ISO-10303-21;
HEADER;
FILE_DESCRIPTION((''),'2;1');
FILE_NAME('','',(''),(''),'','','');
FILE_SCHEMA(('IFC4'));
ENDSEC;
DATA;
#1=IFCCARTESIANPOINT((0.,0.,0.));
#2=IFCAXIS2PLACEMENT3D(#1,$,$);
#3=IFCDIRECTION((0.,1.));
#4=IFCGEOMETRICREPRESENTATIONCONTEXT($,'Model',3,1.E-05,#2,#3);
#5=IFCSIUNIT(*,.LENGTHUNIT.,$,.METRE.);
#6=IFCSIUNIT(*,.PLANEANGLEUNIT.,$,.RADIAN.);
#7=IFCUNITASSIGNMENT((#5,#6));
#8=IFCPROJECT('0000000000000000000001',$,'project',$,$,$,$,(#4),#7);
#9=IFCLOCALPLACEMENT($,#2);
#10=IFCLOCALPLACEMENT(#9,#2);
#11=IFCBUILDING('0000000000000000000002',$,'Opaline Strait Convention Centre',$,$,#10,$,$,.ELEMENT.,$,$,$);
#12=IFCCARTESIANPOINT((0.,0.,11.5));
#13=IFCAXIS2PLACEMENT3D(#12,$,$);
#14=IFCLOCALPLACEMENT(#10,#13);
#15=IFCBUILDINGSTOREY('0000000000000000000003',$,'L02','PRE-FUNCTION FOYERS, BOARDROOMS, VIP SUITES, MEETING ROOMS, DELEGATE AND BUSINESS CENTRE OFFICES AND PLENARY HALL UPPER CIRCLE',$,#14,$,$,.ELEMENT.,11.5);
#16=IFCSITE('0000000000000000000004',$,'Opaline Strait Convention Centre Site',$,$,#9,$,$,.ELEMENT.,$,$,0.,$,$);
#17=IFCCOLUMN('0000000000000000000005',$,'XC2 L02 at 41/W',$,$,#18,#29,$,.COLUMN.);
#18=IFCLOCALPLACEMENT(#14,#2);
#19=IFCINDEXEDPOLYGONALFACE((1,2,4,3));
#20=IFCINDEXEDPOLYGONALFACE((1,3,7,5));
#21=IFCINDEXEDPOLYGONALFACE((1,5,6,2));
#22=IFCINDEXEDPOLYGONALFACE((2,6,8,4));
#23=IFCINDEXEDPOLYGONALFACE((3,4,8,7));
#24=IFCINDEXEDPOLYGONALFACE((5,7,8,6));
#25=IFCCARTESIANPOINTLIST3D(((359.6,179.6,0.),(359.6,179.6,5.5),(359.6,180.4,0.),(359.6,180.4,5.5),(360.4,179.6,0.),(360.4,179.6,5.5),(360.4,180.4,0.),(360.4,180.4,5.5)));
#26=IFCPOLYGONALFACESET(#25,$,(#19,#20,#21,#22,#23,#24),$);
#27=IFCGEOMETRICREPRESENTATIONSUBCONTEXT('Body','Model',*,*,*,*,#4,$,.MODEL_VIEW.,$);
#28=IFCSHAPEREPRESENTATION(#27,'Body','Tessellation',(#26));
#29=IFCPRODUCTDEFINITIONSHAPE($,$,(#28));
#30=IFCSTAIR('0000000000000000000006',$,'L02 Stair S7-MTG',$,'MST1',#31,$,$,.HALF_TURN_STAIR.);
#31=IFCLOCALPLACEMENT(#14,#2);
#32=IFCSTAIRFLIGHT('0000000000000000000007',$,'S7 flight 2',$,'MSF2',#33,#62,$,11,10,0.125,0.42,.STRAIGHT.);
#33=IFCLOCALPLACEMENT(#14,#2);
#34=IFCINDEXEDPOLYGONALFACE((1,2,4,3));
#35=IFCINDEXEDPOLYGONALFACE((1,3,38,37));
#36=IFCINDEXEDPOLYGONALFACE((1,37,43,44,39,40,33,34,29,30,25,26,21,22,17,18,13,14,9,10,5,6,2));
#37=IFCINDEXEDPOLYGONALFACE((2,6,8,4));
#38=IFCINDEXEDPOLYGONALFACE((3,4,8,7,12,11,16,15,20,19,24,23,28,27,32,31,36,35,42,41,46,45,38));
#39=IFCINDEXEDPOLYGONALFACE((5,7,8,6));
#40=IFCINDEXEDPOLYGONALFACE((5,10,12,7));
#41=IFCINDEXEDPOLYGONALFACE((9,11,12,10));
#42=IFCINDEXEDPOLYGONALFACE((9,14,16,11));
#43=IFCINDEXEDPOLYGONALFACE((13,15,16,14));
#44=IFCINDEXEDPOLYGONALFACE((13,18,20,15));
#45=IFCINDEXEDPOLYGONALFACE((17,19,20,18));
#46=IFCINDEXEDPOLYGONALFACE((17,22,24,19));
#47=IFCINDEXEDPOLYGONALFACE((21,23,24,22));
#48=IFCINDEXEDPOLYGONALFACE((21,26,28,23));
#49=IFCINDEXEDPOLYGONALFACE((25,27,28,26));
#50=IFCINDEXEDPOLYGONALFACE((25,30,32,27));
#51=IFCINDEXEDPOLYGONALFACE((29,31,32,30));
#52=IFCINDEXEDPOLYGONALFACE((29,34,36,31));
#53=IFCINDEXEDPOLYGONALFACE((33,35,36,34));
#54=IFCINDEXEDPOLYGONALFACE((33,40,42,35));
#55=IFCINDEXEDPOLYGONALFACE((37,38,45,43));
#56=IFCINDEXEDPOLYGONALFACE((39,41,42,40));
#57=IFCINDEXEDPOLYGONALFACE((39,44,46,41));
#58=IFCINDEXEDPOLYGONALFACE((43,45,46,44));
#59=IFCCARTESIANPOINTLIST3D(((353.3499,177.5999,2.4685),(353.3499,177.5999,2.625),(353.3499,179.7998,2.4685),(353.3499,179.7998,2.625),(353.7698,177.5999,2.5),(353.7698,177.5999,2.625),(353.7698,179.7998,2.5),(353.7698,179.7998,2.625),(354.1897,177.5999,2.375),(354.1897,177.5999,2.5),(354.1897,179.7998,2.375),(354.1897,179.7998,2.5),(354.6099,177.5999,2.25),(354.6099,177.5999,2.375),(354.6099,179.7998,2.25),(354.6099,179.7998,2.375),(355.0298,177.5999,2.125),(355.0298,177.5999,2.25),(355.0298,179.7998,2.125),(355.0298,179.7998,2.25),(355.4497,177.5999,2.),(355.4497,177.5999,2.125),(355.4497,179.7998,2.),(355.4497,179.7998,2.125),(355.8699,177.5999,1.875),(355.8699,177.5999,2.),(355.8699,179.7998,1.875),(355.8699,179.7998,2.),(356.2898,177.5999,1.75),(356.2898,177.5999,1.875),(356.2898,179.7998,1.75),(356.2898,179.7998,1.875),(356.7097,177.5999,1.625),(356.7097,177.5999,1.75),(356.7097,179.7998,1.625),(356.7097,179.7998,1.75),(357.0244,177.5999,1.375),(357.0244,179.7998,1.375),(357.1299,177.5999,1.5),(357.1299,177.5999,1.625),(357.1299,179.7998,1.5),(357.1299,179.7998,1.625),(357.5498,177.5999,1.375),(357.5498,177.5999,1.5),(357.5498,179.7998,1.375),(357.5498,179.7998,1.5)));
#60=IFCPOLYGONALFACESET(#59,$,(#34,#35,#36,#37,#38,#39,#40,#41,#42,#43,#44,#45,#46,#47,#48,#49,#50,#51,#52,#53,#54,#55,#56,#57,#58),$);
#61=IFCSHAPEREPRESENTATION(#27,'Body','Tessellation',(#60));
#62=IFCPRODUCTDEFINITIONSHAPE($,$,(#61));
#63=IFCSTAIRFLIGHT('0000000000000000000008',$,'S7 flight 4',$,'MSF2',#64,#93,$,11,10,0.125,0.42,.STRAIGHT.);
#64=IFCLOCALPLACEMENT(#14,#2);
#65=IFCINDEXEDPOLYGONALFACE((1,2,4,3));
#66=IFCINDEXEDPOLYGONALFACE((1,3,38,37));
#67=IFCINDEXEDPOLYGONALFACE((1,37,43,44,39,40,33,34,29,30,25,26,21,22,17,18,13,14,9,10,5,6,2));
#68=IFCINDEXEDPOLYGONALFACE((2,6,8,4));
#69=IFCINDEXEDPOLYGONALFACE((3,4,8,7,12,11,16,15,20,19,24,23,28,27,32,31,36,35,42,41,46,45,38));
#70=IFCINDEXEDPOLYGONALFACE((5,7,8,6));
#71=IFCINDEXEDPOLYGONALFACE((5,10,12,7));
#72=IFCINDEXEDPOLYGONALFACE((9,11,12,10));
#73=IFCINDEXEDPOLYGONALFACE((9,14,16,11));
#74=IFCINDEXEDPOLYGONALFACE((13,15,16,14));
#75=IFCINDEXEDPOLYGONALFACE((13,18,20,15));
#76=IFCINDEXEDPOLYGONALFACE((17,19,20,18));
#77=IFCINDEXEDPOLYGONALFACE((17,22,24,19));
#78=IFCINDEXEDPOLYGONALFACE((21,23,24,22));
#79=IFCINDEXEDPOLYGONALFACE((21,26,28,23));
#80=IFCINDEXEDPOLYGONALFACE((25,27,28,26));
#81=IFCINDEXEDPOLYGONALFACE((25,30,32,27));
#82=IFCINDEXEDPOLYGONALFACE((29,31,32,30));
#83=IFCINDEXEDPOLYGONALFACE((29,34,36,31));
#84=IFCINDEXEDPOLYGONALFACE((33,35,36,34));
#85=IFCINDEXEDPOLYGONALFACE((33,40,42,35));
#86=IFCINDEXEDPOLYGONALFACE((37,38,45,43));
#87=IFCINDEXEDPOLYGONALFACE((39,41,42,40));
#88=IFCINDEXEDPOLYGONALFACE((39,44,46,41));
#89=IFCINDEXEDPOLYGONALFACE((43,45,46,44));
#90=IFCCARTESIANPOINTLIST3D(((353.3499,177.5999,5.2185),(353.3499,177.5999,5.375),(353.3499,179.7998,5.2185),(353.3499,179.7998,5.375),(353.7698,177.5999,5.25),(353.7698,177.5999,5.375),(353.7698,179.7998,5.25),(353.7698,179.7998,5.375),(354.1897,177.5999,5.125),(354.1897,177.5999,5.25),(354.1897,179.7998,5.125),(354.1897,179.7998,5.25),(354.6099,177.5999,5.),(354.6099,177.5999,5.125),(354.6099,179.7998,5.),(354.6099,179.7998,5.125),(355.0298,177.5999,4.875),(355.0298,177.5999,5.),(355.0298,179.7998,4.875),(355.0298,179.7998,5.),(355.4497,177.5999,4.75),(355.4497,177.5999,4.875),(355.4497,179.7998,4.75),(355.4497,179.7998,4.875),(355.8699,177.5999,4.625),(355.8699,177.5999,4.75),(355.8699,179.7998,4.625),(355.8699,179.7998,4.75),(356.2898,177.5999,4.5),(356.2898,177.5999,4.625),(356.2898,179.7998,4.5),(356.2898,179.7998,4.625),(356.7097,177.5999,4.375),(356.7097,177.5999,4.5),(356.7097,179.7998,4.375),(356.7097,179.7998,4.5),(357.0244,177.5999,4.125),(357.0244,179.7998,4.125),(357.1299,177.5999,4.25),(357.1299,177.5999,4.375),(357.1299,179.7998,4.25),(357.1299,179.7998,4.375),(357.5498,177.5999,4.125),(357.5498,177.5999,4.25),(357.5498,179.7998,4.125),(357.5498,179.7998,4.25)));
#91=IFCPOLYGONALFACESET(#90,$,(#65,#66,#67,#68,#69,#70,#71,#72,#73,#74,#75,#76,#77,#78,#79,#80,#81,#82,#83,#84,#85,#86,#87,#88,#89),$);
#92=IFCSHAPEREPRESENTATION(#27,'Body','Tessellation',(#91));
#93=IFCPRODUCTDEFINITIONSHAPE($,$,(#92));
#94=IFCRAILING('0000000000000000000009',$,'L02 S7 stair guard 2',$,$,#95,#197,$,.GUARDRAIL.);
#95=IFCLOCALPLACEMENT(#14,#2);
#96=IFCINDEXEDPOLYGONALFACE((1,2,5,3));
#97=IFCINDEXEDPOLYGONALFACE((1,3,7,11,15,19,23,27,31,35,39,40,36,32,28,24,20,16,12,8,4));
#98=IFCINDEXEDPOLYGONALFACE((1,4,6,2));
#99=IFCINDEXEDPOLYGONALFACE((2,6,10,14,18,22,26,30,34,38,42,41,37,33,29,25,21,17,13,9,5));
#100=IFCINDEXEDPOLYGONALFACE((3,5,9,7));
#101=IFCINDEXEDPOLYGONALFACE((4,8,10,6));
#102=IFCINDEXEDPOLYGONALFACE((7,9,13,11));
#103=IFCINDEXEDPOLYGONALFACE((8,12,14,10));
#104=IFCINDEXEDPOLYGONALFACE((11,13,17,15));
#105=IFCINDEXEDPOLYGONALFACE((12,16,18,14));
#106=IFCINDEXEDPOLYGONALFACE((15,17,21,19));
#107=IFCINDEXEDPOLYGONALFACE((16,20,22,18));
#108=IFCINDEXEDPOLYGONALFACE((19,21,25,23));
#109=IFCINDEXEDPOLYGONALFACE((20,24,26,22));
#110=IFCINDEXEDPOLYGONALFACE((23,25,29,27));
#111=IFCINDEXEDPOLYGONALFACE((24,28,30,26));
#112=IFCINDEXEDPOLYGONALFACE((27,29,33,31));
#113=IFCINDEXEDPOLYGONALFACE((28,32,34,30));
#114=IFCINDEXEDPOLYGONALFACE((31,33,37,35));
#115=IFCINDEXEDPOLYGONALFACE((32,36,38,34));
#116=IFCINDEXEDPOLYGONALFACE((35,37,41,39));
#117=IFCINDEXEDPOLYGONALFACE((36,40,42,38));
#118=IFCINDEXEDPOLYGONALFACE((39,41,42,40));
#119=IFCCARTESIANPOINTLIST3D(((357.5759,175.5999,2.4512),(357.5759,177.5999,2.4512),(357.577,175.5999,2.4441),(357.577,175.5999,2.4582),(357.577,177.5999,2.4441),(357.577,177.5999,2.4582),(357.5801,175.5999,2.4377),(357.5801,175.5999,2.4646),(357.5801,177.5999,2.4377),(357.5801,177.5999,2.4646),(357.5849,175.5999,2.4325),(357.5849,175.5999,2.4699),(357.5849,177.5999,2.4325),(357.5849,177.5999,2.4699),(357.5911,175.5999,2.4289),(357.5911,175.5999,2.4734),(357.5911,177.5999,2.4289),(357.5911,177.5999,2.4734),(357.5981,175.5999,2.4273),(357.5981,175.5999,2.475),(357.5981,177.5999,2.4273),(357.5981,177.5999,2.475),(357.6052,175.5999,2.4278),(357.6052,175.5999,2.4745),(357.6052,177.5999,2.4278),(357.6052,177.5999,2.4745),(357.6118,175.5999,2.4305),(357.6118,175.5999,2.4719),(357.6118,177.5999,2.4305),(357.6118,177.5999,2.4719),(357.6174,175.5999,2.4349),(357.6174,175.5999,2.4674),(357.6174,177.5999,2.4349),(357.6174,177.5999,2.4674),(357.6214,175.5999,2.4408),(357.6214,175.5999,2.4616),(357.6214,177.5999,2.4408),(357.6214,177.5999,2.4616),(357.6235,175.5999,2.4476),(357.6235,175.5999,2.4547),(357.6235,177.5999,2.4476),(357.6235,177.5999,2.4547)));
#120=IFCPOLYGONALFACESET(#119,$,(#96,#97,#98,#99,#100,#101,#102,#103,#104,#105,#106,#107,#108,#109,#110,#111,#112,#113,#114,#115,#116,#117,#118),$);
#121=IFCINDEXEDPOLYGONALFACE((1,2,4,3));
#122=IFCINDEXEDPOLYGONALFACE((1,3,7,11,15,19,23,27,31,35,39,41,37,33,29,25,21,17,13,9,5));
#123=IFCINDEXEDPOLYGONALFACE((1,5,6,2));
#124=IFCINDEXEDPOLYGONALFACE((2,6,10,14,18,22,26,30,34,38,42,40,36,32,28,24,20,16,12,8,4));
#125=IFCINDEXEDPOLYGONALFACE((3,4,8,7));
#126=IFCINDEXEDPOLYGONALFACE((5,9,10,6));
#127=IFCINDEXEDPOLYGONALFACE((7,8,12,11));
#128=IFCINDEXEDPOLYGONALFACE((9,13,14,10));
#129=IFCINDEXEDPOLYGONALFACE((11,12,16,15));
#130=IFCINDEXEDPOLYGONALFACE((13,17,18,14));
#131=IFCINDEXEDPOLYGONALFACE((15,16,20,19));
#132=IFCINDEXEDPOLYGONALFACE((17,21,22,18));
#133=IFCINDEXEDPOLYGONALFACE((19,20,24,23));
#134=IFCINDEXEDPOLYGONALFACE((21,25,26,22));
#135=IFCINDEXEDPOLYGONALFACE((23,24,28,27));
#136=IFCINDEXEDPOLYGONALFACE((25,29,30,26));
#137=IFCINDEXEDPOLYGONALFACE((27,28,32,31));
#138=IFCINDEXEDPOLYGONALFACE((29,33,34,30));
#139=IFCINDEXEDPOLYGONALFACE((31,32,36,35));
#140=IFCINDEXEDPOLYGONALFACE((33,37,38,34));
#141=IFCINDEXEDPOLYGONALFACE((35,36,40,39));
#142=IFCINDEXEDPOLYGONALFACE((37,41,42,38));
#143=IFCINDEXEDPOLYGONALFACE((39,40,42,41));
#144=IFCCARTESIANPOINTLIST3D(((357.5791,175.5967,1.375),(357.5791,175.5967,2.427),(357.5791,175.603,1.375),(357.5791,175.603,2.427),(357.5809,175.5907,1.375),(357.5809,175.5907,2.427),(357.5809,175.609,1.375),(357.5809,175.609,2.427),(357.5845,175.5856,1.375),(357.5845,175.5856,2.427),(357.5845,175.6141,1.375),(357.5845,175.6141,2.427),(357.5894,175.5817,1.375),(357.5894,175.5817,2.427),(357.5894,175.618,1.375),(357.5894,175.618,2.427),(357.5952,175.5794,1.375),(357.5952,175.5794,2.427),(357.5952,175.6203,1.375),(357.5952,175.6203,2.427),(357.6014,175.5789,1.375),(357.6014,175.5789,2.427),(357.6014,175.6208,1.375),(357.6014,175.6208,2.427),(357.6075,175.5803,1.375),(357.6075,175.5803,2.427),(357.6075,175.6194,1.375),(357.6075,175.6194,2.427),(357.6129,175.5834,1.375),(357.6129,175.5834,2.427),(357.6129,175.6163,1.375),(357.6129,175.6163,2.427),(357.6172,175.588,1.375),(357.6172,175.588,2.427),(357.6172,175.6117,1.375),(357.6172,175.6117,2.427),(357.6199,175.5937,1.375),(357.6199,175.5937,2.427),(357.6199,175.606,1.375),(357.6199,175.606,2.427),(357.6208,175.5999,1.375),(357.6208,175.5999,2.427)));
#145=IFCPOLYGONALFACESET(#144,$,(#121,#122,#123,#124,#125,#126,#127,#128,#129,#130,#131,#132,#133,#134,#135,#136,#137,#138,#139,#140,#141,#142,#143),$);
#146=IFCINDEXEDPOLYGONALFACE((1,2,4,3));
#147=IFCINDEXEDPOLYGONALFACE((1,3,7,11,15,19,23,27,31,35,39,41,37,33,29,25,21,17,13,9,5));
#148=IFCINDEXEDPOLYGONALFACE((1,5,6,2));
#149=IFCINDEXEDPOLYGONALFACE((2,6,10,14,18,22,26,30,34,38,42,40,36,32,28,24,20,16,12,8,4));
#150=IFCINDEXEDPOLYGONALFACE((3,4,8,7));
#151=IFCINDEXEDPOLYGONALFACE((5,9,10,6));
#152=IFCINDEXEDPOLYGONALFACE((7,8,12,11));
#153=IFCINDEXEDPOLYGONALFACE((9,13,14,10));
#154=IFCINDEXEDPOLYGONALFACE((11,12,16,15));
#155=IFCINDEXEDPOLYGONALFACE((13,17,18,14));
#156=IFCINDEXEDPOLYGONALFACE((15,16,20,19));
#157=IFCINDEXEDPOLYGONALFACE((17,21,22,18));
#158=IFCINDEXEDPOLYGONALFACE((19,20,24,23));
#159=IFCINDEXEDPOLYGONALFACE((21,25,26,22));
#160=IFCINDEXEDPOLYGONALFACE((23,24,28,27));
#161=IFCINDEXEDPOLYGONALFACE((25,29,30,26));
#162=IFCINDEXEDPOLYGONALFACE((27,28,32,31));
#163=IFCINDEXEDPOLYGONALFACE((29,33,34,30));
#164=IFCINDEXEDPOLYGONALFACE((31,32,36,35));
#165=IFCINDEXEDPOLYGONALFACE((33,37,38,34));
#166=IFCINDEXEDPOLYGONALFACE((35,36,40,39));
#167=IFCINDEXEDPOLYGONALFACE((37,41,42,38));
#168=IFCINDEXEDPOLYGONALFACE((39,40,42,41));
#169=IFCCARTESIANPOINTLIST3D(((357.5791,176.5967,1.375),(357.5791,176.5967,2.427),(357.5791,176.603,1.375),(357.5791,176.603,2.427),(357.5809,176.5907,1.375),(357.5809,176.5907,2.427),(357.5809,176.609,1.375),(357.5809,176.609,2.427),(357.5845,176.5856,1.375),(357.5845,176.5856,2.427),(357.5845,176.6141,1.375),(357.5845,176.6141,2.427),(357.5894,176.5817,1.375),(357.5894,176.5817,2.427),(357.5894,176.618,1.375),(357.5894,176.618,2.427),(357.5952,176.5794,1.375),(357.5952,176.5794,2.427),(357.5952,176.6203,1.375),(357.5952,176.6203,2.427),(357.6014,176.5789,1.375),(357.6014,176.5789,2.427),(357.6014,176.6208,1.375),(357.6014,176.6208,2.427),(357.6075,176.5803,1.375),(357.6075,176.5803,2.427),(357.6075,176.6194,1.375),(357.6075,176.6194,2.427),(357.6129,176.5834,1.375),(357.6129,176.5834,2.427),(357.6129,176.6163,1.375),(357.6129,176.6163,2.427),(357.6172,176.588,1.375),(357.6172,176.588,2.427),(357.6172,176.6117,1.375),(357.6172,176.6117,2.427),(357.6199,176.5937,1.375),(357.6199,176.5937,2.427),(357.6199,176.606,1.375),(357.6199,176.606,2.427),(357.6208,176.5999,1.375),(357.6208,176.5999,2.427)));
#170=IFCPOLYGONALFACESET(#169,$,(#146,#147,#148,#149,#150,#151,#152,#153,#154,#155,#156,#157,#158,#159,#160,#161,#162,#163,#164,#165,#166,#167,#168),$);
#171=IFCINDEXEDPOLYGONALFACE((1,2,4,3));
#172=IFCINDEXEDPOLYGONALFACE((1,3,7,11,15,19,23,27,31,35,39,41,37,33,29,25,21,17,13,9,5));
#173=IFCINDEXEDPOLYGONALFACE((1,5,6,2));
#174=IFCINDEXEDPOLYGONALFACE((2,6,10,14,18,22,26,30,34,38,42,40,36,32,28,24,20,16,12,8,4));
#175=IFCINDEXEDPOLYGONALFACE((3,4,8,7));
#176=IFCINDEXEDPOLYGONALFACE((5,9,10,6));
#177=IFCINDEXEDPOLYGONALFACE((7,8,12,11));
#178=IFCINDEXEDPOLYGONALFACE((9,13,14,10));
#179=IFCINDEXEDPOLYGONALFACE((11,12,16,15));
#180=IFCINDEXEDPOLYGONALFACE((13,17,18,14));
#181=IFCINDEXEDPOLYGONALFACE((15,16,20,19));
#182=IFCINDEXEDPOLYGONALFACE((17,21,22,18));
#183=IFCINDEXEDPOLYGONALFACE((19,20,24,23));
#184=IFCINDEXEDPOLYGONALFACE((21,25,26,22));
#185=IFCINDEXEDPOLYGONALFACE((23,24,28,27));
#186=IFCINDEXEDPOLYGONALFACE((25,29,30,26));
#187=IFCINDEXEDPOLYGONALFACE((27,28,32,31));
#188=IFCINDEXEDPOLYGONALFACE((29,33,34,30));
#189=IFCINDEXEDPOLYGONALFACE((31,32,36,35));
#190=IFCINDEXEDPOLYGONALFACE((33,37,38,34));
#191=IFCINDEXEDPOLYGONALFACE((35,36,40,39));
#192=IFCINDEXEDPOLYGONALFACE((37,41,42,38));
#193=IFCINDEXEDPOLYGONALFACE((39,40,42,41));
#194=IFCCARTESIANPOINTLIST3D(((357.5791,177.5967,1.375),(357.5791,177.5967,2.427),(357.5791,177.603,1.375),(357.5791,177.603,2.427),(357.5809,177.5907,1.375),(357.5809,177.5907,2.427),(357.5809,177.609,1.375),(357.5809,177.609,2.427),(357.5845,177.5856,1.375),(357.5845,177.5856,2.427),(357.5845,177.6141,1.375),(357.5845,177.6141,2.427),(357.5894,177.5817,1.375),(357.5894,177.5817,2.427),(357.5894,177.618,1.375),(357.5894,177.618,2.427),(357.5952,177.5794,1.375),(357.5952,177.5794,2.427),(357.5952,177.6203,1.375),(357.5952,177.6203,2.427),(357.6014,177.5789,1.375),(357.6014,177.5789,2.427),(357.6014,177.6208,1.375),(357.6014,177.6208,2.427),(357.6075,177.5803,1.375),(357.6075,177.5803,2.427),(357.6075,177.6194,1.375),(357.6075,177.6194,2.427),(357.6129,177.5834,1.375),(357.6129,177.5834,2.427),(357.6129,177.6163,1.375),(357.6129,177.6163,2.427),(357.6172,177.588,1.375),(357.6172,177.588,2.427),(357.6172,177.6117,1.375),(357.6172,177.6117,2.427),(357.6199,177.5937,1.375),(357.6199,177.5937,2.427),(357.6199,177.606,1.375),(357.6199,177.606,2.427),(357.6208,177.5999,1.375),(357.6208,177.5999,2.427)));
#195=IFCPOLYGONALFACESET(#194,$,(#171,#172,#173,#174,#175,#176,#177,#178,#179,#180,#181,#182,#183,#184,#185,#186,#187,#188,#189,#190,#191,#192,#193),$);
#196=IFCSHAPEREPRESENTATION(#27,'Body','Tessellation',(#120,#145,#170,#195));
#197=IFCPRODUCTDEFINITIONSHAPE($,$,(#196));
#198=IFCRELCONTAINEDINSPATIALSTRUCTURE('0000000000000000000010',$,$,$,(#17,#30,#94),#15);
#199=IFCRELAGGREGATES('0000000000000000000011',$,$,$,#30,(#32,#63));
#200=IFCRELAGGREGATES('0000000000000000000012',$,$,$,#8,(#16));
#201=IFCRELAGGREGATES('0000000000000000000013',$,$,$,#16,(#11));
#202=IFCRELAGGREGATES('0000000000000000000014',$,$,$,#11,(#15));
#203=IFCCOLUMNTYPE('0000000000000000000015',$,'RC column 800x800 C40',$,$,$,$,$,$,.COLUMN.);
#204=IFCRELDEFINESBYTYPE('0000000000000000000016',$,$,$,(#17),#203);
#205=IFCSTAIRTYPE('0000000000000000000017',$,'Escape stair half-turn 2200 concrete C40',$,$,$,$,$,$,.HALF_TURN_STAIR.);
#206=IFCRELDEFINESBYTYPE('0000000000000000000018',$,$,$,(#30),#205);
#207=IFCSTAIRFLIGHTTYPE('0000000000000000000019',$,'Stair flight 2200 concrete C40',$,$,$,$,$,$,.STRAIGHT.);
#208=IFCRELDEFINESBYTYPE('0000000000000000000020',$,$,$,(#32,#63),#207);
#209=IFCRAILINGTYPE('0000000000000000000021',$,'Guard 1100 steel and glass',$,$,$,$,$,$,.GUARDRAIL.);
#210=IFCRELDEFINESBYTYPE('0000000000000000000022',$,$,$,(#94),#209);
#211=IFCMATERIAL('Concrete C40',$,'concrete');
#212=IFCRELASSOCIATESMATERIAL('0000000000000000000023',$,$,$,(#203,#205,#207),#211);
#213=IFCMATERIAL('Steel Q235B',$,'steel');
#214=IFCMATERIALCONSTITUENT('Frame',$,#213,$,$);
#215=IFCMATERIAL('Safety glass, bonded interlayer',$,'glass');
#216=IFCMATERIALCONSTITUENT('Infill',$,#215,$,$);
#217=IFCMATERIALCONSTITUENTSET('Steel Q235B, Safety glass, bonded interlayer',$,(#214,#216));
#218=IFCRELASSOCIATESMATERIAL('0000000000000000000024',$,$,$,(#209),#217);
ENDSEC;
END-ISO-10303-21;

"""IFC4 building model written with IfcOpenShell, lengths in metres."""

from ifc_helpers import new_model, si_unit, direction, frame, origin, origin_2d, place, context, subcontext, project, spatial, polyline, rectangle, circle, outline, extrude, material, constituent, constituent_set, material_profile, profile_set, type_object, element, aggregate, save


model = new_model("IFC4")

# Units and contexts
model_context = context("Model", 3, precision=1e-05, world=origin(), true_north=direction((0.0, 1.0)))
body_context = subcontext(model_context, "Body", "Model", "MODEL_VIEW")
ifc_project = project(units=[si_unit("LENGTHUNIT", "METRE"), si_unit("PLANEANGLEUNIT", "RADIAN")], contexts=[model_context])

# Site, building, storey
site_placement = place(None, origin())
site = spatial("IfcSite", under=ifc_project, at=site_placement, Name="Opaline Strait Convention Centre Site", CompositionType="ELEMENT", RefElevation=0.0)
building_placement = place(site_placement, origin())
building = spatial("IfcBuilding", under=site, at=building_placement, Name="Opaline Strait Convention Centre", CompositionType="ELEMENT")
storey_placement = place(building_placement, frame((0.0, 0.0, 11.5)))
storey = spatial("IfcBuildingStorey", under=building, at=storey_placement, Name="L02", Description="PRE-FUNCTION FOYERS, BOARDROOMS, VIP SUITES, MEETING ROOMS, DELEGATE AND BUSINESS CENTRE OFFICES AND PLENARY HALL UPPER CIRCLE", CompositionType="ELEMENT", Elevation=11.5)

# Column
ifc_material_1 = material(Name="Concrete C40", Category="concrete")
ifc_material_profile = material_profile(ifc_material_1, rectangle(XDim=0.8, YDim=0.8, at=origin_2d()), Name="RC 800x800")
ifc_profile_set = profile_set([ifc_material_profile], Name="Concrete C40")
column_type = type_object("IfcColumnType", Name="RC column 800x800 C40", PredefinedType="COLUMN", material=ifc_profile_set)
column_placement = place(storey_placement, frame((360.0, 180.0, 0.0), z_axis=(0.0, 0.0, 1.0), x_axis=(1.0, 0.0, 0.0)))
element("IfcColumn", 1, at=column_placement, inside=storey, type_object=column_type, Name="XC2 L02 at 41/W", PredefinedType="COLUMN", context=body_context, shape_type="SweptSolid", body=[
    extrude(rectangle(XDim=0.8, YDim=0.8, at=origin_2d()), origin(), (0.0, 0.0, 1.0), 5.5),
])

# Stair, stair flights
stair_type = type_object("IfcStairType", Name="Escape stair half-turn 2200 concrete C40", PredefinedType="HALF_TURN_STAIR", material=ifc_material_1)
stair_placement = place(storey_placement, origin())
stair = element("IfcStair", 2, at=stair_placement, inside=storey, type_object=stair_type, Name="L02 Stair S7-MTG", ObjectType="MST1", PredefinedType="HALF_TURN_STAIR")
stair_flight_type = type_object("IfcStairFlightType", Name="Stair flight 2200 concrete C40", PredefinedType="STRAIGHT", material=ifc_material_1)
stair_flight_1_placement = place(storey_placement, frame((357.5498, 178.7, 1.375), z_axis=(0.0, 0.0, 1.0), x_axis=(-1.0, 0.0, 0.0)))
stair_flight_1 = element("IfcStairFlight", 3, at=stair_flight_1_placement, type_object=stair_flight_type, Name="S7 flight 2", ObjectType="MSF2", NumberOfRisers=11, NumberOfTreads=10, PredefinedType="STRAIGHT", RiserHeight=0.125, TreadLength=0.42, context=body_context, shape_type="SweptSolid", body=[
    extrude(outline(polyline([(0.0, 0.0), (0.0, 0.125), (0.4199, 0.125), (0.4199, 0.25), (0.8401, 0.25), (0.8401, 0.375), (1.26, 0.375), (1.26, 0.5), (1.6799, 0.5), (1.6799, 0.625), (2.1001, 0.625), (2.1001, 0.75), (2.52, 0.75), (2.52, 0.875), (2.9399, 0.875), (2.9399, 1.0), (3.3601, 1.0), (3.3601, 1.125), (3.78, 1.125), (3.78, 1.25), (4.2, 1.25), (4.2, 1.375), (4.2, 1.0935), (0.5254, 0.0), (0.0, 0.0)])), frame((0.0, 1.1001, 0.0), z_axis=(0.0, -1.0, 0.0), x_axis=(1.0, 0.0, 0.0)), (0.0, 0.0, 1.0), 2.2),
])
stair_flight_2_placement = place(storey_placement, frame((357.5498, 178.7, 4.125), z_axis=(0.0, 0.0, 1.0), x_axis=(-1.0, 0.0, 0.0)))
stair_flight_2 = element("IfcStairFlight", 4, at=stair_flight_2_placement, type_object=stair_flight_type, Name="S7 flight 4", ObjectType="MSF2", NumberOfRisers=11, NumberOfTreads=10, PredefinedType="STRAIGHT", RiserHeight=0.125, TreadLength=0.42, context=body_context, shape_type="SweptSolid", body=[
    extrude(outline(polyline([(0.0, 0.0), (0.0, 0.125), (0.4199, 0.125), (0.4199, 0.25), (0.8401, 0.25), (0.8401, 0.375), (1.26, 0.375), (1.26, 0.5), (1.6799, 0.5), (1.6799, 0.625), (2.1001, 0.625), (2.1001, 0.75), (2.52, 0.75), (2.52, 0.875), (2.9399, 0.875), (2.9399, 1.0), (3.3601, 1.0), (3.3601, 1.125), (3.78, 1.125), (3.78, 1.25), (4.2, 1.25), (4.2, 1.375), (4.2, 1.0935), (0.5254, 0.0), (0.0, 0.0)])), frame((0.0, 1.1001, 0.0), z_axis=(0.0, -1.0, 0.0), x_axis=(1.0, 0.0, 0.0)), (0.0, 0.0, 1.0), 2.2),
])
aggregate(stair, [stair_flight_1, stair_flight_2])

# Railing
ifc_material_2 = material(Name="Steel Q235B", Category="steel")
ifc_constituent_1 = constituent(ifc_material_2, Name="Frame")
ifc_material_3 = material(Name="Safety glass, bonded interlayer", Category="glass")
ifc_constituent_2 = constituent(ifc_material_3, Name="Infill")
ifc_constituent_set = constituent_set(constituents=[ifc_constituent_1, ifc_constituent_2], Name="Steel Q235B, Safety glass, bonded interlayer")
railing_type_1 = type_object("IfcRailingType", Name="Guard 1100 steel and glass", PredefinedType="GUARDRAIL", material=ifc_constituent_set)
railing_1_placement = place(storey_placement, frame((357.5999, 175.5999, 1.375)))
element("IfcRailing", 5, at=railing_1_placement, inside=storey, type_object=railing_type_1, Name="L02 S7 stair guard 2", PredefinedType="GUARDRAIL", context=body_context, shape_type="SweptSolid", body=[
    extrude(circle(Radius=0.0239, at=origin_2d()), frame((0.0, 0.0, 1.0762), z_axis=(0.0, 1.0, 0.0), x_axis=(-1.0, 0.0, 0.0)), (0.0, 0.0, 1.0), 2.0),
    extrude(circle(Radius=0.021, at=origin_2d()), origin(), (0.0, 0.0, 1.0), 1.052),
    extrude(circle(Radius=0.021, at=origin_2d()), frame((0.0, 1.0, 0.0)), (0.0, 0.0, 1.0), 1.052),
    extrude(circle(Radius=0.021, at=origin_2d()), frame((0.0, 2.0, 0.0)), (0.0, 0.0, 1.0), 1.052),
])

save(model, "model.ifc")
